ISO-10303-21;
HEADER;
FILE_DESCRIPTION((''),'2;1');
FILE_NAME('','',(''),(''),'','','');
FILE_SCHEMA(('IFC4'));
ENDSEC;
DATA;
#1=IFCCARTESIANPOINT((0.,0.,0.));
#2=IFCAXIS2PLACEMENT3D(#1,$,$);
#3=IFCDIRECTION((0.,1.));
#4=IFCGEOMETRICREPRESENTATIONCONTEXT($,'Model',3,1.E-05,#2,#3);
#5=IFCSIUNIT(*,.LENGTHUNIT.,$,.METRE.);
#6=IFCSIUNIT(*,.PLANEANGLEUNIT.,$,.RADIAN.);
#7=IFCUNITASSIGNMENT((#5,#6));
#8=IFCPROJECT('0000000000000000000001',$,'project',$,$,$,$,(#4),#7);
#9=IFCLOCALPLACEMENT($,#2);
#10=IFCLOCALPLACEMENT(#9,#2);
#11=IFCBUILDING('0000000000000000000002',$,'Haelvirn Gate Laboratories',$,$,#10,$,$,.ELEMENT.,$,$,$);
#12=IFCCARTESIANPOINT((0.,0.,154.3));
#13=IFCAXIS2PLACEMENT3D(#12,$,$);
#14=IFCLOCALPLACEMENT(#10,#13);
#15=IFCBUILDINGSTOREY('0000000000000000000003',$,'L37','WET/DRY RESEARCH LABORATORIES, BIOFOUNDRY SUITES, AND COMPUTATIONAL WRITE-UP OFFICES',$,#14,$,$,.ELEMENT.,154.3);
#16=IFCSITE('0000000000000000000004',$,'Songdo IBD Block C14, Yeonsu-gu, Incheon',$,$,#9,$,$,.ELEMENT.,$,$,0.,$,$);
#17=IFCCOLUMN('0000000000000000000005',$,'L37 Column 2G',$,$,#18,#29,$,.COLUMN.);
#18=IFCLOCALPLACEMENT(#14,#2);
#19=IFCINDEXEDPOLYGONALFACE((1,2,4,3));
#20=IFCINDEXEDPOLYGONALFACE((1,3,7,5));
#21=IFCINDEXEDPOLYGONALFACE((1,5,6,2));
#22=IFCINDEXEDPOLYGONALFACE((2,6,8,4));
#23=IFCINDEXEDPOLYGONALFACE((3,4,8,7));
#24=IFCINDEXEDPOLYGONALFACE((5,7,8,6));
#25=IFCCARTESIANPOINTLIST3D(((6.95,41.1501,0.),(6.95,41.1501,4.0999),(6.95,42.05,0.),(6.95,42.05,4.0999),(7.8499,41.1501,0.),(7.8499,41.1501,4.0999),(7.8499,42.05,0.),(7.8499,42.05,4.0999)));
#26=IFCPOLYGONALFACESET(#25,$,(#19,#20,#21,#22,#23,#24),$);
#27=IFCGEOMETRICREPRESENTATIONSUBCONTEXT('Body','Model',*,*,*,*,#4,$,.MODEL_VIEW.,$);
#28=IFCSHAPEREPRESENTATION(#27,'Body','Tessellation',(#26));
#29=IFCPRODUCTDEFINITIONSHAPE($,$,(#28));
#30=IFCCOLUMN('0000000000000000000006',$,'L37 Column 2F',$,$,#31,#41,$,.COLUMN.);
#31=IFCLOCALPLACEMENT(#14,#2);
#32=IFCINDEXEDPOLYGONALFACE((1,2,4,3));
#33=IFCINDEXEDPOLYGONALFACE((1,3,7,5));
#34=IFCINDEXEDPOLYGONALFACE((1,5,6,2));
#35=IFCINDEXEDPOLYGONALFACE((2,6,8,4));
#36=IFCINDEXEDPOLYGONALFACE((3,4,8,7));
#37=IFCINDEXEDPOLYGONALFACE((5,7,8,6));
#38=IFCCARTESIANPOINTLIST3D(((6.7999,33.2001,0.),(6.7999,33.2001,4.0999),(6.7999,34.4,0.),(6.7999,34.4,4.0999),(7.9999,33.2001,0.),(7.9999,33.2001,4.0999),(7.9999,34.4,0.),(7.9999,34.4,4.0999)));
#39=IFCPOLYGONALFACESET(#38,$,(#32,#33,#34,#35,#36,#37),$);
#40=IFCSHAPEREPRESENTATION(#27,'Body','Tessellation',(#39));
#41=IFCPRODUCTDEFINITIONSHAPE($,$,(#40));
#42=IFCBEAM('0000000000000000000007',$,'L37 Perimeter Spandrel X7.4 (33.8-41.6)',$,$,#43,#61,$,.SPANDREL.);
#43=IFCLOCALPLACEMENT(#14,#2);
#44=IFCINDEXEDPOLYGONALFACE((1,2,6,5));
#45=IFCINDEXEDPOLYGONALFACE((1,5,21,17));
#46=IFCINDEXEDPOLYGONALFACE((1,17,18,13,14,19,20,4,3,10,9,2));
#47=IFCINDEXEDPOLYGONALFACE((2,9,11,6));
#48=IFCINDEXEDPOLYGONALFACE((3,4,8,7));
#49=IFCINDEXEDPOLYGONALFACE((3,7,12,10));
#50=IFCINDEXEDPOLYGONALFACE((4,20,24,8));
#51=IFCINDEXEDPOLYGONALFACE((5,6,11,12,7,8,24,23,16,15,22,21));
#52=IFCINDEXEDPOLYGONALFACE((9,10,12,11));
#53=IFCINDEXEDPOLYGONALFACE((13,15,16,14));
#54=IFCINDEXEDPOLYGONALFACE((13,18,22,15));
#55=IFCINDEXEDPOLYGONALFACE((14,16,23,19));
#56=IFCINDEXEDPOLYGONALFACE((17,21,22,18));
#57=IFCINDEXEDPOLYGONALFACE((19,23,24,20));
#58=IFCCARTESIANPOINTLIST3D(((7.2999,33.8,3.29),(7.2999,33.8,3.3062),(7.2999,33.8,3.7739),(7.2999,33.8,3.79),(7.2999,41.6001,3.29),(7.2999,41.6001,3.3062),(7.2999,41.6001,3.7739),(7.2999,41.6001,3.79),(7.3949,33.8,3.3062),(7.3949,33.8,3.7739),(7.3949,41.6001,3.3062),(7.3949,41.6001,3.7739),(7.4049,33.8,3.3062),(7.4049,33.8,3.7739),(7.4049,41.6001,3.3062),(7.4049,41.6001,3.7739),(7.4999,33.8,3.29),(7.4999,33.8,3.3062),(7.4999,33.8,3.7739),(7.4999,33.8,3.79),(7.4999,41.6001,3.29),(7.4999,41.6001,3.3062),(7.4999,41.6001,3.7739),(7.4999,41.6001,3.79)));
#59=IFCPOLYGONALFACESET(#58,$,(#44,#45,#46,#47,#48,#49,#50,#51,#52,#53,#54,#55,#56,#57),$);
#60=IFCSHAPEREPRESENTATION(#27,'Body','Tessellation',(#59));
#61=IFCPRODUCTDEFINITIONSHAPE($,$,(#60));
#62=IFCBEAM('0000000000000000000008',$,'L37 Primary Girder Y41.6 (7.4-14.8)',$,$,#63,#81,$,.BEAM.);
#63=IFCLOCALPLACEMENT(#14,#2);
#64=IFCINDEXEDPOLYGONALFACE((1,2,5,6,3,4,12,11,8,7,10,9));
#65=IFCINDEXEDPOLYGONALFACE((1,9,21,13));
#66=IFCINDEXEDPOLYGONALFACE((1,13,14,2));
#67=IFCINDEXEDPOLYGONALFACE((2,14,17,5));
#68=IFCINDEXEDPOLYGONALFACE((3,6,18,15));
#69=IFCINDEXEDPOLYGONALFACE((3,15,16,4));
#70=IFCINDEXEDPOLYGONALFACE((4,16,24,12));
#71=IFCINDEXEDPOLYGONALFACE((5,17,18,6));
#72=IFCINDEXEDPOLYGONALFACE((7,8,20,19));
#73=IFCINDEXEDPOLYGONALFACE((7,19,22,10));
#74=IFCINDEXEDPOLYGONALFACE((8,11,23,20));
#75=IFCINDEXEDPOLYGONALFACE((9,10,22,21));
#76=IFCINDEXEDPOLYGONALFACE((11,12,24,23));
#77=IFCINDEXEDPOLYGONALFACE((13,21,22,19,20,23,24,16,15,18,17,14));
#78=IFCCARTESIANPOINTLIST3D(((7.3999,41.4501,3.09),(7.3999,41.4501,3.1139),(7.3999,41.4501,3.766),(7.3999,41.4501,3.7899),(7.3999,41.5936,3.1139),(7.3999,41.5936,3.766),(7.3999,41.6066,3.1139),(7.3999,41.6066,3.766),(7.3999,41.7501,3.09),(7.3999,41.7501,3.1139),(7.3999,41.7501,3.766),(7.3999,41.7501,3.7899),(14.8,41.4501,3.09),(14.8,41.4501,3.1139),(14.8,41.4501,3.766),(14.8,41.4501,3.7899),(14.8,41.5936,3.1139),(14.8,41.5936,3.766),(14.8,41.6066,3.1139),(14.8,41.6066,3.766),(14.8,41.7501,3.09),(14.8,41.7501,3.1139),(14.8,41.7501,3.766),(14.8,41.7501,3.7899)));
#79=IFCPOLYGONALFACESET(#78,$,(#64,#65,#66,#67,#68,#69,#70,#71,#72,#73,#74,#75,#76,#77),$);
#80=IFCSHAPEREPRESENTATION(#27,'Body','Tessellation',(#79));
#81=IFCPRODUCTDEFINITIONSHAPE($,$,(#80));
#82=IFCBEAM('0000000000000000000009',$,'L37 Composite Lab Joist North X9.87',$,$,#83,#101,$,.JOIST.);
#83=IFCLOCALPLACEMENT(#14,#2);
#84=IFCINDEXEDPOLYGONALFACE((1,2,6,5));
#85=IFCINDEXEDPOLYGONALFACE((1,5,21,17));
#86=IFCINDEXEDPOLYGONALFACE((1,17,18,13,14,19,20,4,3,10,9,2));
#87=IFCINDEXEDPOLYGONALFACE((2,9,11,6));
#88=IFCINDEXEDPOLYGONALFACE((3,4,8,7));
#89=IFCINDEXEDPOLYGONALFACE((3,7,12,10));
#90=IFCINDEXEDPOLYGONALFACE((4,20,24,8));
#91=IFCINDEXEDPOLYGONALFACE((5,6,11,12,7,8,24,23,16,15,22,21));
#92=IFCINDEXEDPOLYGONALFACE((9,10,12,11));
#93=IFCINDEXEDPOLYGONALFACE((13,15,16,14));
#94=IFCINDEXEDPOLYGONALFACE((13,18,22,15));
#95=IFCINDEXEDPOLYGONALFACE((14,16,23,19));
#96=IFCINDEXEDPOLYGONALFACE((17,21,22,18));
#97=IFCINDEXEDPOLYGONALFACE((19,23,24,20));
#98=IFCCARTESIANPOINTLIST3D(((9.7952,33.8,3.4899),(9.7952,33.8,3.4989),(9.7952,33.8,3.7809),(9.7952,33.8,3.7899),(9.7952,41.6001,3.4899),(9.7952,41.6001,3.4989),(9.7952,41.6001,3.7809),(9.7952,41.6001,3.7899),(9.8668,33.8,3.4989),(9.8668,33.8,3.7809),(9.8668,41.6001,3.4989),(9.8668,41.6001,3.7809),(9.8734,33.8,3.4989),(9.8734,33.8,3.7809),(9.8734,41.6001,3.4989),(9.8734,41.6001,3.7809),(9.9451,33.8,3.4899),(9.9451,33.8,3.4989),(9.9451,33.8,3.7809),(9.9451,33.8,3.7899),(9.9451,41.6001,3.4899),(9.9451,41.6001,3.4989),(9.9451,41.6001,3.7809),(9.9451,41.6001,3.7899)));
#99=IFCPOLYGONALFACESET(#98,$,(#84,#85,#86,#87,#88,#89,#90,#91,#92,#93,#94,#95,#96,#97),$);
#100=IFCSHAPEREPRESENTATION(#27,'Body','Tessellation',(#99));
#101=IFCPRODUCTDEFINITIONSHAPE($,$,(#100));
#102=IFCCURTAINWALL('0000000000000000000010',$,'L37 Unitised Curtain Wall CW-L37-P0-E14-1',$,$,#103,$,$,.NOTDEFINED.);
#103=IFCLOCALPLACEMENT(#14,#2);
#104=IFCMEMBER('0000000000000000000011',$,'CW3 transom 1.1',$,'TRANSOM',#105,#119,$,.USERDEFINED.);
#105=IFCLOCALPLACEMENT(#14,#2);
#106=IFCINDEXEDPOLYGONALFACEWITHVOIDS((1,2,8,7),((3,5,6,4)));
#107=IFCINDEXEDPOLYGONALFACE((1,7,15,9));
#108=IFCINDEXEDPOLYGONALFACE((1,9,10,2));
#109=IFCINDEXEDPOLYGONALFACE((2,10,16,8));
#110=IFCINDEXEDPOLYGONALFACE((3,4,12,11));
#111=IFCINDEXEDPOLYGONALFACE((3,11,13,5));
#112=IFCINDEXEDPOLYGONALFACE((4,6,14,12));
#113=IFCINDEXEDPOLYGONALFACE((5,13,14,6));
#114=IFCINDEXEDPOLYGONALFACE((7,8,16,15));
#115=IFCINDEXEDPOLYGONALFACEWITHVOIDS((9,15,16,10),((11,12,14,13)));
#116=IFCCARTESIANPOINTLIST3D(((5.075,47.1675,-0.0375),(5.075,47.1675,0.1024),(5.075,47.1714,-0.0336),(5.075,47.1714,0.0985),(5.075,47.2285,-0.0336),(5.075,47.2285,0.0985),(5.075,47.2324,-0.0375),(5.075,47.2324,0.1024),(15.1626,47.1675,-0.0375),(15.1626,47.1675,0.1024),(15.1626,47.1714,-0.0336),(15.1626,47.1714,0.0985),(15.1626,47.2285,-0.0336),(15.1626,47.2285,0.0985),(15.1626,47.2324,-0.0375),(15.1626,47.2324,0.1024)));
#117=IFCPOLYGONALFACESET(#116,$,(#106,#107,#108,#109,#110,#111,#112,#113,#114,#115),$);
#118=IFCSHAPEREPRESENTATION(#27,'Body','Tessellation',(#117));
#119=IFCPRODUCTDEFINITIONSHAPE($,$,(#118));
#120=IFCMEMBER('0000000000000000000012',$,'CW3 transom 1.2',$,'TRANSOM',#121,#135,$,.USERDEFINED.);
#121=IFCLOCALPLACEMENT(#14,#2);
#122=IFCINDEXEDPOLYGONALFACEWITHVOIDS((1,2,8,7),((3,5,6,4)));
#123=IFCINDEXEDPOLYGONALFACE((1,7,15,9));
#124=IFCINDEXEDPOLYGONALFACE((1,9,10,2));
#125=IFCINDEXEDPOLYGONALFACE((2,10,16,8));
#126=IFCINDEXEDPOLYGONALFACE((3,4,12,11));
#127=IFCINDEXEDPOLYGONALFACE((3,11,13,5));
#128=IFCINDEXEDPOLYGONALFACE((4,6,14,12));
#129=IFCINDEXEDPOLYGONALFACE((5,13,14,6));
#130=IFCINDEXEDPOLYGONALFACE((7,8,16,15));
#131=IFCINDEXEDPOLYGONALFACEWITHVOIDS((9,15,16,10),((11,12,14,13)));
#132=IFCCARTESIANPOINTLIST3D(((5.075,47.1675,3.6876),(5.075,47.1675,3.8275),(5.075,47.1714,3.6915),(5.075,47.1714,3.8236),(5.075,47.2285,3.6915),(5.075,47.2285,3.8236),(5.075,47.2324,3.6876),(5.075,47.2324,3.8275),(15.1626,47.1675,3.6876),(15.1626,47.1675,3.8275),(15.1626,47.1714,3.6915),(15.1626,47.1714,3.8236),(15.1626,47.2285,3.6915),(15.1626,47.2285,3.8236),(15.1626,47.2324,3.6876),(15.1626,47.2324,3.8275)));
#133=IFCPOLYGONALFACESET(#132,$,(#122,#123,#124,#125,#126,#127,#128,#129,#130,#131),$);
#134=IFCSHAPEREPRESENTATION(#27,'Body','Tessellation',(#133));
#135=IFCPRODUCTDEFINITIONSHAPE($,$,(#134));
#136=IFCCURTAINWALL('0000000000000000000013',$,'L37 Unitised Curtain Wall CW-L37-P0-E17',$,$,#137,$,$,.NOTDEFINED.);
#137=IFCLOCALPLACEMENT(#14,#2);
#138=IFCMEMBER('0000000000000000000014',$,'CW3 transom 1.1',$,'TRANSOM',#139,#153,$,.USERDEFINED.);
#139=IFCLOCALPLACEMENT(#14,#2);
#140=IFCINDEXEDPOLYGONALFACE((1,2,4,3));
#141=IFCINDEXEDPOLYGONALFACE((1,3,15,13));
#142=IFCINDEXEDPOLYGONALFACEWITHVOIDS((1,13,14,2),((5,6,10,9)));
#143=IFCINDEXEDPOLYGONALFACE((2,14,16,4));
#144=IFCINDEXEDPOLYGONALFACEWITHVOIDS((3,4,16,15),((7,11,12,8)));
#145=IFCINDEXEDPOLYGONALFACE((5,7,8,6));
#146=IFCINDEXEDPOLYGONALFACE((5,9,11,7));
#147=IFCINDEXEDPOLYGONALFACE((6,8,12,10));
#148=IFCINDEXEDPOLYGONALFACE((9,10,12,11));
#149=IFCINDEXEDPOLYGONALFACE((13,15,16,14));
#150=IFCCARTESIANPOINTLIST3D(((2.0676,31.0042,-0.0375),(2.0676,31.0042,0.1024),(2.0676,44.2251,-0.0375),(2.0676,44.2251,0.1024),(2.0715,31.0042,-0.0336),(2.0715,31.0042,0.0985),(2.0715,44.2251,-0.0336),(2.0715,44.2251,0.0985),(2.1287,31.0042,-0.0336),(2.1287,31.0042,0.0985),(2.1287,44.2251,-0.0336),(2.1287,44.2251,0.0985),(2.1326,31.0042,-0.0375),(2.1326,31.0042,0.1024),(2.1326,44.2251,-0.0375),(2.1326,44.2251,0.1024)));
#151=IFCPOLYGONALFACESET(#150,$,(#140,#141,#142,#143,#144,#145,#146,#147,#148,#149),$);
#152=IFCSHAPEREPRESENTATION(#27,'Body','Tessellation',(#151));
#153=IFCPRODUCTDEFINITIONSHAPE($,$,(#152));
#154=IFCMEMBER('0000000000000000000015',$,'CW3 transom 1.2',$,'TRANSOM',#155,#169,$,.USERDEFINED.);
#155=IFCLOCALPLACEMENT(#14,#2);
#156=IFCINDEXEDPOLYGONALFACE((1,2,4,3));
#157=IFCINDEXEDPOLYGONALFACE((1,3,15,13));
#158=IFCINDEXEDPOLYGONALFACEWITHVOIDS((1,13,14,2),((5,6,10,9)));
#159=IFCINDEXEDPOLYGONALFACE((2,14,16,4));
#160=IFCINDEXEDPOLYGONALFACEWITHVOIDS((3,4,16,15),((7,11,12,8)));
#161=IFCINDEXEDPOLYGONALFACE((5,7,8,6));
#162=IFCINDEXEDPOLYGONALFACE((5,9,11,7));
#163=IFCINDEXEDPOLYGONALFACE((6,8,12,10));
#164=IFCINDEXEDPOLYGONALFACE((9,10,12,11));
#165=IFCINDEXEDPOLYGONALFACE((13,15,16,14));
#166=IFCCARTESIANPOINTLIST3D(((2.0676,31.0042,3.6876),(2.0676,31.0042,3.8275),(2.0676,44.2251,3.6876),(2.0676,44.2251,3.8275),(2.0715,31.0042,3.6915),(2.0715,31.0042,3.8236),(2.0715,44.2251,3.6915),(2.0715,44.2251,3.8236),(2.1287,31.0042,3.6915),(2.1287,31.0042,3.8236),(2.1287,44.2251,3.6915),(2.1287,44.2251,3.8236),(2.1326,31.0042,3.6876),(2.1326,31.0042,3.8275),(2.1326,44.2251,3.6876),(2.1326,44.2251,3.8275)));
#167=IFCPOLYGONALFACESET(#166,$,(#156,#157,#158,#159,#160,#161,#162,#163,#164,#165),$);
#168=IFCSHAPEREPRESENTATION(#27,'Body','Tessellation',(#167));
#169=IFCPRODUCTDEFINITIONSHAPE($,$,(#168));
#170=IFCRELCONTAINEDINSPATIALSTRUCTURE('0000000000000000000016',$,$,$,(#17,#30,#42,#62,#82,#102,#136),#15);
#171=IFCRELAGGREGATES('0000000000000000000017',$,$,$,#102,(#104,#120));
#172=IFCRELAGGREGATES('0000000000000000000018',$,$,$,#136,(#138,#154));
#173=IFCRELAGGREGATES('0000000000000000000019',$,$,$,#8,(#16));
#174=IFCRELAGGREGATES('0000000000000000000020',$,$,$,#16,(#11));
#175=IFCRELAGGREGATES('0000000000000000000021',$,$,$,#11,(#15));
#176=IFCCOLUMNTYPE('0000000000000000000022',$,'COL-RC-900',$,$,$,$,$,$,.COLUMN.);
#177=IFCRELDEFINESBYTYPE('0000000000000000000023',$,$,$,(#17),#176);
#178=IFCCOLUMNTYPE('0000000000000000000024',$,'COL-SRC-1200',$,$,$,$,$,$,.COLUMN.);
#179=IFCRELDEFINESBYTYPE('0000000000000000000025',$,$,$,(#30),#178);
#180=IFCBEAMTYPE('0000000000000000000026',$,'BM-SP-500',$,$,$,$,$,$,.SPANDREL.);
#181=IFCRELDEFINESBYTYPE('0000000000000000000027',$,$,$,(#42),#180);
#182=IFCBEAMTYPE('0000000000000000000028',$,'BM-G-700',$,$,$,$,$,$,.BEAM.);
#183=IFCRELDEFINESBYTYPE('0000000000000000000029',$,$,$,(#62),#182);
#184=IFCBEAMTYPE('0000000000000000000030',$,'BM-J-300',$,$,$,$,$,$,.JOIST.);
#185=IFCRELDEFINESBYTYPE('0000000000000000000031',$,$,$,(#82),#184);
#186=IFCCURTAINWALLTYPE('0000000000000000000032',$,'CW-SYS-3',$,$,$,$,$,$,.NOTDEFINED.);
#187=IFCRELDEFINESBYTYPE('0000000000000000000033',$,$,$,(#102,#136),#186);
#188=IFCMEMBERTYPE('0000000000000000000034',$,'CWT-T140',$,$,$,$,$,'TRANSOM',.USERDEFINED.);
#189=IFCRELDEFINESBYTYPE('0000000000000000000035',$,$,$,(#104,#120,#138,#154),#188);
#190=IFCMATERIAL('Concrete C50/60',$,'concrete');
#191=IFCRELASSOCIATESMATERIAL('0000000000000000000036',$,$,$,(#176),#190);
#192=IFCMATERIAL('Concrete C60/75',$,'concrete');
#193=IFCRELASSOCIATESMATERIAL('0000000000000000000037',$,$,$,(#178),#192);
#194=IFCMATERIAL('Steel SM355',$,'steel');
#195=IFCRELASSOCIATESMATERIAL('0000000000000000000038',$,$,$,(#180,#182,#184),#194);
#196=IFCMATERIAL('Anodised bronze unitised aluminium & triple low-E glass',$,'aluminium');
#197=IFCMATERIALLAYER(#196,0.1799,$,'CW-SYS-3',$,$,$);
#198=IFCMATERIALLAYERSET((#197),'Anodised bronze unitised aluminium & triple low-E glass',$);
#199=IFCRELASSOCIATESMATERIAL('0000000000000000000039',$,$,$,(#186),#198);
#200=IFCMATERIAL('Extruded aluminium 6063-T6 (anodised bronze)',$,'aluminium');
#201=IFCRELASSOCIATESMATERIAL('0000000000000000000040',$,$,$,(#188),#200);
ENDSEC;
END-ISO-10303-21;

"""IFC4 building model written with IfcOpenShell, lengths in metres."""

from ifc_helpers import new_model, si_unit, direction, frame, origin, origin_2d, place, context, subcontext, project, spatial, rectangle, hollow_rectangle, i_section, extrude, source, transform, mapped, material, layer, layer_set, material_profile, profile_set, type_object, type_shapes, element, aggregate, save


model = new_model("IFC4")

# Units and contexts
model_context = context("Model", 3, precision=1e-05, world=origin(), true_north=direction((0.0, 1.0)))
body_context = subcontext(model_context, "Body", "Model", "MODEL_VIEW")
ifc_project = project(units=[si_unit("LENGTHUNIT", "METRE"), si_unit("PLANEANGLEUNIT", "RADIAN")], contexts=[model_context])

# Site, building, storey
site_placement = place(None, origin())
site = spatial("IfcSite", under=ifc_project, at=site_placement, Name="Songdo IBD Block C14, Yeonsu-gu, Incheon", CompositionType="ELEMENT", RefElevation=0.0)
building_placement = place(site_placement, origin())
building = spatial("IfcBuilding", under=site, at=building_placement, Name="Haelvirn Gate Laboratories", CompositionType="ELEMENT")
storey_placement = place(building_placement, frame((0.0, 0.0, 154.3)))
storey = spatial("IfcBuildingStorey", under=building, at=storey_placement, Name="L37", Description="WET/DRY RESEARCH LABORATORIES, BIOFOUNDRY SUITES, AND COMPUTATIONAL WRITE-UP OFFICES", CompositionType="ELEMENT", Elevation=154.3)

# Columns
ifc_material_1 = material(Name="Concrete C50/60", Category="concrete")
ifc_material_profile_1 = material_profile(ifc_material_1, rectangle(XDim=0.8999, YDim=0.8999, at=origin_2d()), Name="RC-900x900")
ifc_profile_set_1 = profile_set([ifc_material_profile_1], Name="Concrete C50/60")
column_type_1 = type_object("IfcColumnType", Name="COL-RC-900", PredefinedType="COLUMN", material=ifc_profile_set_1)
shared_shape_1 = source(origin(), body_context, "Body", "SweptSolid", [
    extrude(rectangle(XDim=0.8999, YDim=0.8999, at=origin_2d()), origin(), (0.0, 0.0, 1.0), 4.0999),
])
type_shapes(column_type_1, [shared_shape_1])
column_1_placement = place(storey_placement, frame((7.3999, 41.6001, 0.0), z_axis=(0.0, 0.0, 1.0), x_axis=(1.0, 0.0, 0.0)))
element("IfcColumn", 1, at=column_1_placement, inside=storey, type_object=column_type_1, Name="L37 Column 2G", PredefinedType="COLUMN", context=body_context, shape_type="MappedRepresentation", body=[
    mapped(shared_shape_1, transform((0.0, 0.0, 0.0), scale=1.0)),
])
ifc_material_2 = material(Name="Concrete C60/75", Category="concrete")
ifc_material_profile_2 = material_profile(ifc_material_2, rectangle(XDim=1.2, YDim=1.2, at=origin_2d()), Name="SRC-1200x1200")
ifc_profile_set_2 = profile_set([ifc_material_profile_2], Name="Concrete C60/75")
column_type_2 = type_object("IfcColumnType", Name="COL-SRC-1200", PredefinedType="COLUMN", material=ifc_profile_set_2)
shared_shape_2 = source(origin(), body_context, "Body", "SweptSolid", [
    extrude(rectangle(XDim=1.2, YDim=1.2, at=origin_2d()), origin(), (0.0, 0.0, 1.0), 4.0999),
])
type_shapes(column_type_2, [shared_shape_2])
column_2_placement = place(storey_placement, frame((7.3999, 33.8, 0.0), z_axis=(0.0, 0.0, 1.0), x_axis=(1.0, 0.0, 0.0)))
element("IfcColumn", 2, at=column_2_placement, inside=storey, type_object=column_type_2, Name="L37 Column 2F", PredefinedType="COLUMN", context=body_context, shape_type="MappedRepresentation", body=[
    mapped(shared_shape_2, transform((0.0, 0.0, 0.0), scale=1.0)),
])

# Beams
ifc_material_3 = material(Name="Steel SM355", Category="steel")
ifc_material_profile_3 = material_profile(ifc_material_3, i_section(OverallWidth=0.2, OverallDepth=0.5, WebThickness=0.01, FlangeThickness=0.0161, at=origin_2d()), Name="H-500x200x10x16")
ifc_profile_set_3 = profile_set([ifc_material_profile_3], Name="Steel SM355")
beam_type_1 = type_object("IfcBeamType", Name="BM-SP-500", PredefinedType="SPANDREL", material=ifc_profile_set_3)
shared_shape_3 = source(origin(), body_context, "Body", "SweptSolid", [
    extrude(i_section(OverallWidth=0.2, OverallDepth=0.5, WebThickness=0.01, FlangeThickness=0.0161, at=origin_2d()), origin(), (0.0, 0.0, 1.0), 7.8),
])
type_shapes(beam_type_1, [shared_shape_3])
beam_1_placement = place(storey_placement, frame((7.3999, 33.8, 3.54), z_axis=(0.0, 1.0, 0.0), x_axis=(-1.0, 0.0, 0.0)))
element("IfcBeam", 3, at=beam_1_placement, inside=storey, type_object=beam_type_1, Name="L37 Perimeter Spandrel X7.4 (33.8-41.6)", PredefinedType="SPANDREL", context=body_context, shape_type="MappedRepresentation", body=[
    mapped(shared_shape_3, transform((0.0, 0.0, 0.0), scale=1.0)),
])
ifc_material_profile_4 = material_profile(ifc_material_3, i_section(OverallWidth=0.3, OverallDepth=0.7, WebThickness=0.0129, FlangeThickness=0.0239, at=origin_2d()), Name="H-700x300x13x24")
ifc_profile_set_4 = profile_set([ifc_material_profile_4], Name="Steel SM355")
beam_type_2 = type_object("IfcBeamType", Name="BM-G-700", PredefinedType="BEAM", material=ifc_profile_set_4)
shared_shape_4 = source(origin(), body_context, "Body", "SweptSolid", [
    extrude(i_section(OverallWidth=0.3, OverallDepth=0.7, WebThickness=0.0129, FlangeThickness=0.0239, at=origin_2d()), origin(), (0.0, 0.0, 1.0), 7.4001),
])
type_shapes(beam_type_2, [shared_shape_4])
beam_2_placement = place(storey_placement, frame((7.3999, 41.6001, 3.4399), z_axis=(1.0, 0.0, 0.0), x_axis=(0.0, 1.0, 0.0)))
element("IfcBeam", 4, at=beam_2_placement, inside=storey, type_object=beam_type_2, Name="L37 Primary Girder Y41.6 (7.4-14.8)", PredefinedType="BEAM", context=body_context, shape_type="MappedRepresentation", body=[
    mapped(shared_shape_4, transform((0.0, 0.0, 0.0), scale=1.0)),
])
ifc_material_profile_5 = material_profile(ifc_material_3, i_section(OverallWidth=0.1499, OverallDepth=0.3, WebThickness=0.0066, FlangeThickness=0.009, at=origin_2d()), Name="H-300x150x6.5x9")
ifc_profile_set_5 = profile_set([ifc_material_profile_5], Name="Steel SM355")
beam_type_3 = type_object("IfcBeamType", Name="BM-J-300", PredefinedType="JOIST", material=ifc_profile_set_5)
shared_shape_5 = source(origin(), body_context, "Body", "SweptSolid", [
    extrude(i_section(OverallWidth=0.1499, OverallDepth=0.3, WebThickness=0.0066, FlangeThickness=0.009, at=origin_2d()), origin(), (0.0, 0.0, 1.0), 7.8),
])
type_shapes(beam_type_3, [shared_shape_5])
beam_3_placement = place(storey_placement, frame((9.8701, 33.8, 3.6399), z_axis=(0.0, 1.0, 0.0), x_axis=(-1.0, 0.0, 0.0)))
element("IfcBeam", 5, at=beam_3_placement, inside=storey, type_object=beam_type_3, Name="L37 Composite Lab Joist North X9.87", PredefinedType="JOIST", context=body_context, shape_type="MappedRepresentation", body=[
    mapped(shared_shape_5, transform((0.0, 0.0, 0.0), scale=1.0)),
])

# Curtain walls, members
ifc_material_4 = material(Name="Anodised bronze unitised aluminium & triple low-E glass", Category="aluminium")
ifc_layer_1 = layer(ifc_material_4, 0.1799, Name="CW-SYS-3")
ifc_layer_set_1 = layer_set([ifc_layer_1], Name="Anodised bronze unitised aluminium & triple low-E glass")
curtain_wall_type_1 = type_object("IfcCurtainWallType", Name="CW-SYS-3", PredefinedType="NOTDEFINED", material=ifc_layer_set_1)
curtain_wall_1_placement = place(storey_placement, origin())
curtain_wall_1 = element("IfcCurtainWall", 6, at=curtain_wall_1_placement, inside=storey, type_object=curtain_wall_type_1, Name="L37 Unitised Curtain Wall CW-L37-P0-E14-1", PredefinedType="NOTDEFINED")
ifc_material_5 = material(Name="Extruded aluminium 6063-T6 (anodised bronze)", Category="aluminium")
ifc_material_profile_6 = material_profile(ifc_material_5, hollow_rectangle(XDim=0.0649, YDim=0.1399, WallThickness=0.0039, at=origin_2d()), Name="CWT-140x65x4")
ifc_profile_set_6 = profile_set([ifc_material_profile_6], Name="Extruded aluminium 6063-T6 (anodised bronze)")
member_type_1 = type_object("IfcMemberType", Name="CWT-T140", ElementType="TRANSOM", PredefinedType="USERDEFINED", material=ifc_profile_set_6)
shared_shape_6 = source(origin(), body_context, "Body", "SweptSolid", [
    extrude(hollow_rectangle(XDim=0.0649, YDim=0.1399, WallThickness=0.0039, at=origin_2d()), origin(), (0.0, 0.0, 1.0), 10.0876),
])
member_1_placement = place(storey_placement, frame((5.075, 47.2, 0.0325), z_axis=(1.0, 0.0, 0.0), x_axis=(0.0, 1.0, 0.0)))
member_1 = element("IfcMember", 7, at=member_1_placement, type_object=member_type_1, Name="CW3 transom 1.1", ObjectType="TRANSOM", PredefinedType="USERDEFINED", context=body_context, shape_type="MappedRepresentation", body=[
    mapped(shared_shape_6, transform((0.0, 0.0, 0.0), scale=1.0)),
])
member_2_placement = place(storey_placement, frame((5.075, 47.2, 3.7576), z_axis=(1.0, 0.0, 0.0), x_axis=(0.0, 1.0, 0.0)))
member_2 = element("IfcMember", 8, at=member_2_placement, type_object=member_type_1, Name="CW3 transom 1.2", ObjectType="TRANSOM", PredefinedType="USERDEFINED", context=body_context, shape_type="MappedRepresentation", body=[
    mapped(shared_shape_6, transform((0.0, 0.0, 0.0), scale=1.0)),
])
curtain_wall_2_placement = place(storey_placement, origin())
curtain_wall_2 = element("IfcCurtainWall", 9, at=curtain_wall_2_placement, inside=storey, type_object=curtain_wall_type_1, Name="L37 Unitised Curtain Wall CW-L37-P0-E17", PredefinedType="NOTDEFINED")
shared_shape_7 = source(origin(), body_context, "Body", "SweptSolid", [
    extrude(hollow_rectangle(XDim=0.0649, YDim=0.1399, WallThickness=0.0039, at=origin_2d()), origin(), (0.0, 0.0, 1.0), 13.2209),
])
member_3_placement = place(storey_placement, frame((2.1001, 44.2251, 0.0325), z_axis=(0.0, -1.0, 0.0), x_axis=(1.0, 0.0, 0.0)))
member_3 = element("IfcMember", 10, at=member_3_placement, type_object=member_type_1, Name="CW3 transom 1.1", ObjectType="TRANSOM", PredefinedType="USERDEFINED", context=body_context, shape_type="MappedRepresentation", body=[
    mapped(shared_shape_7, transform((0.0, 0.0, 0.0), scale=1.0)),
])
member_4_placement = place(storey_placement, frame((2.1001, 44.2251, 3.7576), z_axis=(0.0, -1.0, 0.0), x_axis=(1.0, 0.0, 0.0)))
member_4 = element("IfcMember", 11, at=member_4_placement, type_object=member_type_1, Name="CW3 transom 1.2", ObjectType="TRANSOM", PredefinedType="USERDEFINED", context=body_context, shape_type="MappedRepresentation", body=[
    mapped(shared_shape_7, transform((0.0, 0.0, 0.0), scale=1.0)),
])

aggregate(curtain_wall_1, [member_1, member_2])
aggregate(curtain_wall_2, [member_3, member_4])

save(model, "model.ifc")
